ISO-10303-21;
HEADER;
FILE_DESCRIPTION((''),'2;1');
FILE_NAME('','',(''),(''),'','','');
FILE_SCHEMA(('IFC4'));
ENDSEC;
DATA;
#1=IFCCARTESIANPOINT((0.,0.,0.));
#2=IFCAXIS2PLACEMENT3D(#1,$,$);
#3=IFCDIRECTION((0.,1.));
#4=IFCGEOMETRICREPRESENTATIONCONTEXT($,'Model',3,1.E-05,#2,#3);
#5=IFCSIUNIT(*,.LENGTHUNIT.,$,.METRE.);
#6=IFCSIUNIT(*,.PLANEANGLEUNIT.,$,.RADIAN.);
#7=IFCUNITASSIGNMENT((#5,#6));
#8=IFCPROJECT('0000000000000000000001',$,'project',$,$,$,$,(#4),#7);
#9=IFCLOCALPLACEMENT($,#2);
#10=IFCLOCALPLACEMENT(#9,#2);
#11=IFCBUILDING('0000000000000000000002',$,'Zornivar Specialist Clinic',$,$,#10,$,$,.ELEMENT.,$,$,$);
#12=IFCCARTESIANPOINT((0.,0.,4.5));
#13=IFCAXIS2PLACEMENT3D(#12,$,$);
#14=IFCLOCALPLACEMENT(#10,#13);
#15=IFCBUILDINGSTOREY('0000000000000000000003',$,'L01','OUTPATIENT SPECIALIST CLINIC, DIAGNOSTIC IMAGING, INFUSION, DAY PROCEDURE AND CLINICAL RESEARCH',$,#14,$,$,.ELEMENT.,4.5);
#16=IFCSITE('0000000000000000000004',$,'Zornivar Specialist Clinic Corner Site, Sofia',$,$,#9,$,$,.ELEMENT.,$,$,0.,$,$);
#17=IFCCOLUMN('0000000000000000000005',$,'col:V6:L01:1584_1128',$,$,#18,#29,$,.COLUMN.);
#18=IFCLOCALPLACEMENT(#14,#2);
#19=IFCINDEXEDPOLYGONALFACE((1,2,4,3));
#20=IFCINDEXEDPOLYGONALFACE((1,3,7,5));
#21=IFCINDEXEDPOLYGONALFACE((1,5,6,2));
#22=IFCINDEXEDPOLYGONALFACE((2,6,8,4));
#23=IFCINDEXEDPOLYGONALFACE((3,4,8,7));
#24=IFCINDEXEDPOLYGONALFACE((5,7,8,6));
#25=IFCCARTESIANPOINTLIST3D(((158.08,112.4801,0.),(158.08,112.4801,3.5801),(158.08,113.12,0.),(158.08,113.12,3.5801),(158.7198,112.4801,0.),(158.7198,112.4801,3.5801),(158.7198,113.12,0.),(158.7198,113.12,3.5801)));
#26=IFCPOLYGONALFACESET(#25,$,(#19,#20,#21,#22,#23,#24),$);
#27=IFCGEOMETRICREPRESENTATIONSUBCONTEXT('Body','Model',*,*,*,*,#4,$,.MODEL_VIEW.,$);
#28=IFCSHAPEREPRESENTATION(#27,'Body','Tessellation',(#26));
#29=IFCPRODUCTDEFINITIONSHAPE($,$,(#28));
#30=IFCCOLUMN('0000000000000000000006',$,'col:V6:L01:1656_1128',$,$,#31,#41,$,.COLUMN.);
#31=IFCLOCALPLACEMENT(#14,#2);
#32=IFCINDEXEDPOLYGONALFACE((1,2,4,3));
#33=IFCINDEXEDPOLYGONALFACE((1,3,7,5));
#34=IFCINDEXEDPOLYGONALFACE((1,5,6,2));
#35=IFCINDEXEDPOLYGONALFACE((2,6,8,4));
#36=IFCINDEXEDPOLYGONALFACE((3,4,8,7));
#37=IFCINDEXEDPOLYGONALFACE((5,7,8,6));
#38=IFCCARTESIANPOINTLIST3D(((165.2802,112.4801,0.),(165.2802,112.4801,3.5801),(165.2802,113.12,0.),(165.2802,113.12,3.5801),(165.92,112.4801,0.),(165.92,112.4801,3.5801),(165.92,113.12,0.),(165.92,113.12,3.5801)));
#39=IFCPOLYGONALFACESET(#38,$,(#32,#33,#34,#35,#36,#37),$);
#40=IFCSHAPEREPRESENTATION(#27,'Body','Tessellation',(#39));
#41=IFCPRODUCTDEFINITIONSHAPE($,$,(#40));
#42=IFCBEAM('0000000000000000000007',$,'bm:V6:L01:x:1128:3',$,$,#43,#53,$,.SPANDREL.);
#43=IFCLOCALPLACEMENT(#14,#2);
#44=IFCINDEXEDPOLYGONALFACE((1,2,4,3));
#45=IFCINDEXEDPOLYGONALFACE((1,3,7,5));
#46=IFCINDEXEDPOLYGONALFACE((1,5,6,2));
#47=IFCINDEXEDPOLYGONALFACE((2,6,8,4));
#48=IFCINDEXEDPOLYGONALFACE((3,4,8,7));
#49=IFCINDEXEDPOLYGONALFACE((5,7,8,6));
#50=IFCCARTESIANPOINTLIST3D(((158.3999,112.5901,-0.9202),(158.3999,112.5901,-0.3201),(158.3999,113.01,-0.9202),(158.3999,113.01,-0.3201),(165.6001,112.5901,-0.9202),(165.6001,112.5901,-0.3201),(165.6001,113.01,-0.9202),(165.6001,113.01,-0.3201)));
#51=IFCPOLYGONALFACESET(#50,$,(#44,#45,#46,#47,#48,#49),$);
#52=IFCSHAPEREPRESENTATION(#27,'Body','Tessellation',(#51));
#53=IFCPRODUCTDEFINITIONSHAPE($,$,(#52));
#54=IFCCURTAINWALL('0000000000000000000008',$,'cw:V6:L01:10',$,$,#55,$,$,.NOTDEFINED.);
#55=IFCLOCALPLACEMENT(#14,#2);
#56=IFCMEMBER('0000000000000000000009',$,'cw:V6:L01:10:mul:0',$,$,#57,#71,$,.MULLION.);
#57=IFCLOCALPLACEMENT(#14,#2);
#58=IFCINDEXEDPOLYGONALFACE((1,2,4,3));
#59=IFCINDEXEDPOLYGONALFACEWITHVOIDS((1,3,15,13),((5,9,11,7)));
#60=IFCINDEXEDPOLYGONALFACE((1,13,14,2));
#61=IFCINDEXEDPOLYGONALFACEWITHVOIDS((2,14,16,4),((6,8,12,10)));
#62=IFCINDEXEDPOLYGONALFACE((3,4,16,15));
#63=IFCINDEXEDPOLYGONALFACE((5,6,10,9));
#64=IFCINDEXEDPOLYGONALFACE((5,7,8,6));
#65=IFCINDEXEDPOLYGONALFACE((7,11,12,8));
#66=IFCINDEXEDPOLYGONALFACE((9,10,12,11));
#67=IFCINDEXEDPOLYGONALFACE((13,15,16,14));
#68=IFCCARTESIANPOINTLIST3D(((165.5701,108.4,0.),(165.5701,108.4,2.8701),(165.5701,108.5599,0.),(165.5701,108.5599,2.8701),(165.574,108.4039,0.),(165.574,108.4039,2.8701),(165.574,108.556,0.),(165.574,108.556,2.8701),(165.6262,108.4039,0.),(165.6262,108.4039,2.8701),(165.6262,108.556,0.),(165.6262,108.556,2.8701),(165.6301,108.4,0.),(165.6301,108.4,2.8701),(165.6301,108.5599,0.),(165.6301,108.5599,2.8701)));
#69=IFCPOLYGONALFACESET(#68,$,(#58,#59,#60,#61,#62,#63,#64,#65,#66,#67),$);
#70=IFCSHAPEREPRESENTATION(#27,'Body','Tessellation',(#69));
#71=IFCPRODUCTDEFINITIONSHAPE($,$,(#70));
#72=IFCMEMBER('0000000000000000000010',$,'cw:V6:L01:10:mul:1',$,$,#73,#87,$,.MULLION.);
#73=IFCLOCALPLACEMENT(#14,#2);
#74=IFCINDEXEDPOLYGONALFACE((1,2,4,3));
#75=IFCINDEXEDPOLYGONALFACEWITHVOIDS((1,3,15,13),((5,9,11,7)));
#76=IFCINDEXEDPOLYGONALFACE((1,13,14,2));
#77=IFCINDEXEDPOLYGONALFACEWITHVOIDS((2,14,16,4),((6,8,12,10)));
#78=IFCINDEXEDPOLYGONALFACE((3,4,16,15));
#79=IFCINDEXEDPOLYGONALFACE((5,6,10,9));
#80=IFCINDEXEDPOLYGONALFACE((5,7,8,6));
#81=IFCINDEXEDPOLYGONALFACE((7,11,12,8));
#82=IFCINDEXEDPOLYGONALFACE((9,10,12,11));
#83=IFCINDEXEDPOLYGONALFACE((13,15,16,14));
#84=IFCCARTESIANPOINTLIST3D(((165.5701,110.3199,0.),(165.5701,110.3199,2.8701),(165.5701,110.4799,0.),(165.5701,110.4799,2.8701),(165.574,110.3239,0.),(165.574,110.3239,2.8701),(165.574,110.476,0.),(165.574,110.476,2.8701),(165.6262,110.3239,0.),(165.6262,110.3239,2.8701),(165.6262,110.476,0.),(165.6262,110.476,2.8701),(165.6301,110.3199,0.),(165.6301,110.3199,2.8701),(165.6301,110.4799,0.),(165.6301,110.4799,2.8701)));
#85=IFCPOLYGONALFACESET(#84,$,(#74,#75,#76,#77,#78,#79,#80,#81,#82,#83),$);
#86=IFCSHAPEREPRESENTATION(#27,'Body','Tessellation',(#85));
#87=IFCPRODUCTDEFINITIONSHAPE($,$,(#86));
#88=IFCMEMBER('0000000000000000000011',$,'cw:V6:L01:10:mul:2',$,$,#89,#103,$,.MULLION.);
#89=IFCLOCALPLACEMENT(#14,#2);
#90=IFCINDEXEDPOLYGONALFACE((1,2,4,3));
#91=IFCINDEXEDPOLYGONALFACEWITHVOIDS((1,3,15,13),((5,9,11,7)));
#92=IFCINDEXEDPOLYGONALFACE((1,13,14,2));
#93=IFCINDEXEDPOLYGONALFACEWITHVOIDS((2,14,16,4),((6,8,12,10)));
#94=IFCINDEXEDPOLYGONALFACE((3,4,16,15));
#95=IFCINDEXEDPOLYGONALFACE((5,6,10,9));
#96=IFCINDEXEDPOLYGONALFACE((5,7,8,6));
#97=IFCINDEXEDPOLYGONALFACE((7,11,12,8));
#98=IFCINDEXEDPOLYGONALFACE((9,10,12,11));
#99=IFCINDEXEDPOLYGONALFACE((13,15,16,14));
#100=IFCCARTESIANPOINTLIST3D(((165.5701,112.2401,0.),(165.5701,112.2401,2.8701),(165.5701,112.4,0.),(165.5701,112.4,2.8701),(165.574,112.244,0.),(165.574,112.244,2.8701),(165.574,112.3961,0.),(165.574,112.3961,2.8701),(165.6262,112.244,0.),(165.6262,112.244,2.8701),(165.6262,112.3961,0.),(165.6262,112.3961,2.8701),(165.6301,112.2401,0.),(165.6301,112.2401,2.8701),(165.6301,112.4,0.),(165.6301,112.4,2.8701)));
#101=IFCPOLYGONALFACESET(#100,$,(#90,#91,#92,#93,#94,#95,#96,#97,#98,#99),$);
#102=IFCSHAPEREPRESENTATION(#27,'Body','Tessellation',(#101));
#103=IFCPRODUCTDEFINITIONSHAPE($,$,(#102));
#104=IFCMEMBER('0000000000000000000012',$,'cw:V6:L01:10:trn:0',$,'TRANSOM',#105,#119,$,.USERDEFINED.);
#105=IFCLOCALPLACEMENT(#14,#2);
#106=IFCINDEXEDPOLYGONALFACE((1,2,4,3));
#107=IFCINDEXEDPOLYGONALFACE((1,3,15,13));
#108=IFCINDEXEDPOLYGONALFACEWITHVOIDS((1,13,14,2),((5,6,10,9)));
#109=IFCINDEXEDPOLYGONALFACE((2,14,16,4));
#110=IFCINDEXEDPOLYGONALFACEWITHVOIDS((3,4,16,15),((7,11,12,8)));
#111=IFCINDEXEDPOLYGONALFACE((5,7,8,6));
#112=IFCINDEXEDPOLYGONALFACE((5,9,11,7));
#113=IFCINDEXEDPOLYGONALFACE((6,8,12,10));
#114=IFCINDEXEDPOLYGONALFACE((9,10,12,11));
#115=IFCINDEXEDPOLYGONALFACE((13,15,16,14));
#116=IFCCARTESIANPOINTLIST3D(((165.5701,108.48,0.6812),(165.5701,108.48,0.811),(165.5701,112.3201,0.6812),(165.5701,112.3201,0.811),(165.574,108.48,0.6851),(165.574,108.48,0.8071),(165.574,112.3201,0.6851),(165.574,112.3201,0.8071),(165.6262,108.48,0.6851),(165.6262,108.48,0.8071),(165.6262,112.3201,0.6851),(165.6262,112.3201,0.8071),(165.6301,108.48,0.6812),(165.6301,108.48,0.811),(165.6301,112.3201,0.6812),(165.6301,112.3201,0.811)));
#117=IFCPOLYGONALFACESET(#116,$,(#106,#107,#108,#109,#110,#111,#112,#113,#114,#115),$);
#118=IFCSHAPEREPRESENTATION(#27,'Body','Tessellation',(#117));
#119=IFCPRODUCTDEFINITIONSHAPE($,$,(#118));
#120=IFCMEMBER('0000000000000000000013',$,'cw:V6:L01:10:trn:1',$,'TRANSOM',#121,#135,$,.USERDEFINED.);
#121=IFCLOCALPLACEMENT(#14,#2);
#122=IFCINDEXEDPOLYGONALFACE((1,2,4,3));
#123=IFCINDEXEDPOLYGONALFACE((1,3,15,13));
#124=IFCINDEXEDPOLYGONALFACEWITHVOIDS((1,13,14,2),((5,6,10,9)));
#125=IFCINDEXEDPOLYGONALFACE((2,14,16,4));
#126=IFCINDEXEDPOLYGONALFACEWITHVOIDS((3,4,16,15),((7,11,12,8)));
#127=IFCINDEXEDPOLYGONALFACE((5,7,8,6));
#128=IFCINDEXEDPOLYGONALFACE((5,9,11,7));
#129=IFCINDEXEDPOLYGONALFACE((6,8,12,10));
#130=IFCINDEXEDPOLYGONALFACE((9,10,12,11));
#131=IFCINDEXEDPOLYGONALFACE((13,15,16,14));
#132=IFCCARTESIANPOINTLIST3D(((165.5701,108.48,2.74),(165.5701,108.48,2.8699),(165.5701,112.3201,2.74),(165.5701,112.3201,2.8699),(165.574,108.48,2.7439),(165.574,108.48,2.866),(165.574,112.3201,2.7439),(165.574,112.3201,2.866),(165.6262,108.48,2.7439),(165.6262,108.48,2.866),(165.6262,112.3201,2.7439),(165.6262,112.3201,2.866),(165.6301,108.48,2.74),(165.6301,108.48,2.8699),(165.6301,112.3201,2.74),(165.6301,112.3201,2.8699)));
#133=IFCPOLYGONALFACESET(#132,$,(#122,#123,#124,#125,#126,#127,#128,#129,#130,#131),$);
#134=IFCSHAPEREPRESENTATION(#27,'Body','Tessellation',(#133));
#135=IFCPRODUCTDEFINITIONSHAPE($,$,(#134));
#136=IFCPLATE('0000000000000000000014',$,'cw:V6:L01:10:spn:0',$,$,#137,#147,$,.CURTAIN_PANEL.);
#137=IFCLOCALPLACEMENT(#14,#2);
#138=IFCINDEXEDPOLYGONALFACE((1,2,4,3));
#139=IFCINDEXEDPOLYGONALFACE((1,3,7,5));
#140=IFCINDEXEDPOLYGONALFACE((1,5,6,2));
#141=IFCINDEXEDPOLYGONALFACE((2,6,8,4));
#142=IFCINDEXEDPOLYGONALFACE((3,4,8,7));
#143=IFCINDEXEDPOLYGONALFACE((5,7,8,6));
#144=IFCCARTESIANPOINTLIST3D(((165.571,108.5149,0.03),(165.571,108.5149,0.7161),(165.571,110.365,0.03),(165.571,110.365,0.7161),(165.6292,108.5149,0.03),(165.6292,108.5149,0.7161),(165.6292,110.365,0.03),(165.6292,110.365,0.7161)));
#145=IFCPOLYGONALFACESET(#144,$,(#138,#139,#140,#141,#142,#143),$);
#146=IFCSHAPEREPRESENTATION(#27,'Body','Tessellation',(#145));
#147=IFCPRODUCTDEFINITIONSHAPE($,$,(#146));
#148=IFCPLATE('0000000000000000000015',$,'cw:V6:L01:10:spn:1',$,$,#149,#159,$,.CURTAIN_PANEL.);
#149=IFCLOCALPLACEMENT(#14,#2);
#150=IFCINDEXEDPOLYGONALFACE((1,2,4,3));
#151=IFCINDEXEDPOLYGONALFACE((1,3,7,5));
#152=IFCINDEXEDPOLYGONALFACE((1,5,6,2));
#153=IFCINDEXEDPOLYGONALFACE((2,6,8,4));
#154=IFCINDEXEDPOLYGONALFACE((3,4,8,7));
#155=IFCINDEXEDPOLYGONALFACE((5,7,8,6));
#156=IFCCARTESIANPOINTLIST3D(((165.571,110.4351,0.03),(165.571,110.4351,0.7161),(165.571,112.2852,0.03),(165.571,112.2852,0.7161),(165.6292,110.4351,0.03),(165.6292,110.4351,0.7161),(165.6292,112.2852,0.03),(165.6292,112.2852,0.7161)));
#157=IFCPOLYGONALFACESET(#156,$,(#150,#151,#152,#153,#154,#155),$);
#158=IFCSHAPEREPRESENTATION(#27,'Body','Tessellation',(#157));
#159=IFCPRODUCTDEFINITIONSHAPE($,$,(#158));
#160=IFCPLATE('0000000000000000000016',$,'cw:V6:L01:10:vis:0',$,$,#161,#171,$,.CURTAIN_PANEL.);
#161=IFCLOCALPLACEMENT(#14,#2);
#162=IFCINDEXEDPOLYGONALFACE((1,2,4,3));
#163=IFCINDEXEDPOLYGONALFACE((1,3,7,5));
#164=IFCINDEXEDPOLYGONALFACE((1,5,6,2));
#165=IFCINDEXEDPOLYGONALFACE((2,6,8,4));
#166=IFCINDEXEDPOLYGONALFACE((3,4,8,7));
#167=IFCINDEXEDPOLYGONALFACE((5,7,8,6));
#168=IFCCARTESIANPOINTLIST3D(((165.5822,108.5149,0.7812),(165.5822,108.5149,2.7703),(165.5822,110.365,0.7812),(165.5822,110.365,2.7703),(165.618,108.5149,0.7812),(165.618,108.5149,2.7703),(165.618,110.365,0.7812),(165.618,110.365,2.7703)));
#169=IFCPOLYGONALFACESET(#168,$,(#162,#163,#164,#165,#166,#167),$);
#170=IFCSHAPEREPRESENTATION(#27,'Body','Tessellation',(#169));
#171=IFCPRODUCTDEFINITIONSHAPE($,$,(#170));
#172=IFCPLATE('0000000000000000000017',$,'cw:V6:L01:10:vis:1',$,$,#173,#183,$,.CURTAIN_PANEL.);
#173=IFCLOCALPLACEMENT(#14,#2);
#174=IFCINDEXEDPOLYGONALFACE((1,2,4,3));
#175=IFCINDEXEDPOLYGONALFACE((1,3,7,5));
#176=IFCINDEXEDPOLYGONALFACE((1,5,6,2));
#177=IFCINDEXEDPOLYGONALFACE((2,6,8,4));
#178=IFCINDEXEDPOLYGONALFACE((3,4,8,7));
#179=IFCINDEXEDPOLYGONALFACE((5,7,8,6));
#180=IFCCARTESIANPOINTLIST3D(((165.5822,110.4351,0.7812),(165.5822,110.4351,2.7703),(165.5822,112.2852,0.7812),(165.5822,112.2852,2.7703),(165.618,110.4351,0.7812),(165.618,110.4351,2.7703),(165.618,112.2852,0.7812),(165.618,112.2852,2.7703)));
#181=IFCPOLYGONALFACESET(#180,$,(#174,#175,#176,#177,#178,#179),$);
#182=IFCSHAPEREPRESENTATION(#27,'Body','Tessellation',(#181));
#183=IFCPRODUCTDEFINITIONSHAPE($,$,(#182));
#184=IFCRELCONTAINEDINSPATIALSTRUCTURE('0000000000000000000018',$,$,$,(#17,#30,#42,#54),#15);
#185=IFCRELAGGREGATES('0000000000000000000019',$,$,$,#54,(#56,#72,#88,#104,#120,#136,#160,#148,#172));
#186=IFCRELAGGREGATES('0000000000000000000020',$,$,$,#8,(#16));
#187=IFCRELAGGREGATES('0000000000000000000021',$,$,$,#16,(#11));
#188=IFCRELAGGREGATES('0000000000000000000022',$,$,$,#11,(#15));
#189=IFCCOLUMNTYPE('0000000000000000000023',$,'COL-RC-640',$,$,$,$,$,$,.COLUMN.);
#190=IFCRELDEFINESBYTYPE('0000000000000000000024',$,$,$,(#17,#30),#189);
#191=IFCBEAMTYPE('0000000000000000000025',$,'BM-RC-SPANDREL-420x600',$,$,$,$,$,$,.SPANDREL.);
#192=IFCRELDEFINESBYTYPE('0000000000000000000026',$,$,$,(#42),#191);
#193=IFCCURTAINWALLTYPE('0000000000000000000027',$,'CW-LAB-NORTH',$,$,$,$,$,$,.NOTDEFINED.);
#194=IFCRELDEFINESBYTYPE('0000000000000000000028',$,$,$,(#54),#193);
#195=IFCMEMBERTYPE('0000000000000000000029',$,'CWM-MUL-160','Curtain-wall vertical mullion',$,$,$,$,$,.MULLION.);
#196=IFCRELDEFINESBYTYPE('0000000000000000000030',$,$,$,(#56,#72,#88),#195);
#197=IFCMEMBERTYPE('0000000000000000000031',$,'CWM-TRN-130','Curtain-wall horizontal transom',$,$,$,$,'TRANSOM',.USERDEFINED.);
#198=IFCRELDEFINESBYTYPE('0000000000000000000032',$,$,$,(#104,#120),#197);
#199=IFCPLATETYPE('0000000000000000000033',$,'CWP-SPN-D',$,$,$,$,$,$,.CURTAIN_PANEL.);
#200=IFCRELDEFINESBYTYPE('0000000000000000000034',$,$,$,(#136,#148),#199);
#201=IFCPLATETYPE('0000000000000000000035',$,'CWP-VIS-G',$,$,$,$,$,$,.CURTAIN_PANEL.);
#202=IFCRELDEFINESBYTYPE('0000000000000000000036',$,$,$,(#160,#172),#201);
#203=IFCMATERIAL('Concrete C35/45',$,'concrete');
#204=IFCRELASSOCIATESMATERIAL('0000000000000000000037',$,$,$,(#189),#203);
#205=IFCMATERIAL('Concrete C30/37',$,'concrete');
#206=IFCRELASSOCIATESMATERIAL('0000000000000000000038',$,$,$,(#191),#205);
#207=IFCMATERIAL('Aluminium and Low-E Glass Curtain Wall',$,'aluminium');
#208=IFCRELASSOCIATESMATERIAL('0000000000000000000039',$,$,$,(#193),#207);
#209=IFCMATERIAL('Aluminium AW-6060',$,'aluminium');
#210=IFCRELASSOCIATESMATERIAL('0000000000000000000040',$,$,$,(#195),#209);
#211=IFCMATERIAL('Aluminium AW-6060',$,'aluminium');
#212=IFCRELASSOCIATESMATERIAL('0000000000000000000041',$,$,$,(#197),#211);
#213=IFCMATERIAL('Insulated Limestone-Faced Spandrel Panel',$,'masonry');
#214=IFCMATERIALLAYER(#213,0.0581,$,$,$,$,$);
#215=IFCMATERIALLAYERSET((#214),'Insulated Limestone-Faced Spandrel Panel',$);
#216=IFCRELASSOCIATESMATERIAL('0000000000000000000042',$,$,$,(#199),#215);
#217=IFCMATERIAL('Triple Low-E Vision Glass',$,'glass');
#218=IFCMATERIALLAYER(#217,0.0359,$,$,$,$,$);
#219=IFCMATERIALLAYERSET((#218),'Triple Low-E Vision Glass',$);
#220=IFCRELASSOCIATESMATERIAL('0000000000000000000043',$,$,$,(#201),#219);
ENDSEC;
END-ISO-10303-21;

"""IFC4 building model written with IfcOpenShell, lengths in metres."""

from ifc_helpers import new_model, si_unit, direction, frame, origin, origin_2d, place, context, subcontext, project, spatial, rectangle, hollow_rectangle, extrude, material, layer, layer_set, material_profile, profile_set, type_object, element, aggregate, save


model = new_model("IFC4")

# Units and contexts
model_context = context("Model", 3, precision=1e-05, world=origin(), true_north=direction((0.0, 1.0)))
body_context = subcontext(model_context, "Body", "Model", "MODEL_VIEW")
ifc_project = project(units=[si_unit("LENGTHUNIT", "METRE"), si_unit("PLANEANGLEUNIT", "RADIAN")], contexts=[model_context])

# Site, building, storey
site_placement = place(None, origin())
site = spatial("IfcSite", under=ifc_project, at=site_placement, Name="Zornivar Specialist Clinic Corner Site, Sofia", CompositionType="ELEMENT", RefElevation=0.0)
building_placement = place(site_placement, origin())
building = spatial("IfcBuilding", under=site, at=building_placement, Name="Zornivar Specialist Clinic", CompositionType="ELEMENT")
storey_placement = place(building_placement, frame((0.0, 0.0, 4.5)))
storey = spatial("IfcBuildingStorey", under=building, at=storey_placement, Name="L01", Description="OUTPATIENT SPECIALIST CLINIC, DIAGNOSTIC IMAGING, INFUSION, DAY PROCEDURE AND CLINICAL RESEARCH", CompositionType="ELEMENT", Elevation=4.5)

# Columns
ifc_material_1 = material(Name="Concrete C35/45", Category="concrete")
ifc_material_profile_1 = material_profile(ifc_material_1, rectangle(XDim=0.6399, YDim=0.6399, at=origin_2d()), Name="RC 640x640")
ifc_profile_set_1 = profile_set([ifc_material_profile_1], Name="Concrete C35/45")
column_type = type_object("IfcColumnType", Name="COL-RC-640", PredefinedType="COLUMN", material=ifc_profile_set_1)
for number, where, z_axis, x_axis, name in (
    (1, (158.3999, 112.8, 0.0), (0.0, 0.0, 1.0), (1.0, 0.0, 0.0), "col:V6:L01:1584_1128"),
    (2, (165.6001, 112.8, 0.0), (0.0, 0.0, 1.0), (1.0, 0.0, 0.0), "col:V6:L01:1656_1128"),
):
    element("IfcColumn", number, at=place(storey_placement, frame(where, z_axis=z_axis, x_axis=x_axis)), inside=storey, type_object=column_type, Name=name, PredefinedType="COLUMN", context=body_context, shape_type="SweptSolid", body=[
        extrude(rectangle(XDim=0.6399, YDim=0.6399, at=origin_2d()), origin(), (0.0, 0.0, 1.0), 3.5801),
    ])

# Beam
ifc_material_2 = material(Name="Concrete C30/37", Category="concrete")
ifc_material_profile_2 = material_profile(ifc_material_2, rectangle(XDim=0.4199, YDim=0.6001, at=origin_2d()), Name="RC 420x600")
ifc_profile_set_2 = profile_set([ifc_material_profile_2], Name="Concrete C30/37")
beam_type = type_object("IfcBeamType", Name="BM-RC-SPANDREL-420x600", PredefinedType="SPANDREL", material=ifc_profile_set_2)
beam_placement = place(storey_placement, frame((158.3999, 112.8, -0.6201), z_axis=(1.0, 0.0, 0.0), x_axis=(0.0, 1.0, 0.0)))
element("IfcBeam", 3, at=beam_placement, inside=storey, type_object=beam_type, Name="bm:V6:L01:x:1128:3", PredefinedType="SPANDREL", context=body_context, shape_type="SweptSolid", body=[
    extrude(rectangle(XDim=0.4199, YDim=0.6001, at=origin_2d()), origin(), (0.0, 0.0, 1.0), 7.2002),
])

# Curtain wall, members, plates
ifc_material_3 = material(Name="Aluminium and Low-E Glass Curtain Wall", Category="aluminium")
curtain_wall_type = type_object("IfcCurtainWallType", Name="CW-LAB-NORTH", PredefinedType="NOTDEFINED", material=ifc_material_3)
curtain_wall_placement = place(storey_placement, origin())
curtain_wall = element("IfcCurtainWall", 4, at=curtain_wall_placement, inside=storey, type_object=curtain_wall_type, Name="cw:V6:L01:10", PredefinedType="NOTDEFINED")
ifc_material_4 = material(Name="Aluminium AW-6060", Category="aluminium")
ifc_material_profile_3 = material_profile(ifc_material_4, hollow_rectangle(XDim=0.0601, YDim=0.1599, WallThickness=0.0039, at=origin_2d()), Name="ALU 60x160x4")
ifc_profile_set_3 = profile_set([ifc_material_profile_3], Name="Aluminium AW-6060")
member_type_1 = type_object("IfcMemberType", Name="CWM-MUL-160", Description="Curtain-wall vertical mullion", PredefinedType="MULLION", material=ifc_profile_set_3)
member_1_placement = place(storey_placement, frame((165.6001, 108.48, 0.0), z_axis=(0.0, 0.0, 1.0), x_axis=(1.0, 0.0, 0.0)))
member_1 = element("IfcMember", 5, at=member_1_placement, type_object=member_type_1, Name="cw:V6:L01:10:mul:0", PredefinedType="MULLION", context=body_context, shape_type="SweptSolid", body=[
    extrude(hollow_rectangle(XDim=0.0601, YDim=0.1599, WallThickness=0.0039, at=origin_2d()), origin(), (0.0, 0.0, 1.0), 2.8701),
])
member_2_placement = place(storey_placement, frame((165.6001, 110.3999, 0.0), z_axis=(0.0, 0.0, 1.0), x_axis=(1.0, 0.0, 0.0)))
member_2 = element("IfcMember", 6, at=member_2_placement, type_object=member_type_1, Name="cw:V6:L01:10:mul:1", PredefinedType="MULLION", context=body_context, shape_type="SweptSolid", body=[
    extrude(hollow_rectangle(XDim=0.0601, YDim=0.1599, WallThickness=0.0039, at=origin_2d()), origin(), (0.0, 0.0, 1.0), 2.8701),
])
member_3_placement = place(storey_placement, frame((165.6001, 112.3201, 0.0), z_axis=(0.0, 0.0, 1.0), x_axis=(1.0, 0.0, 0.0)))
member_3 = element("IfcMember", 7, at=member_3_placement, type_object=member_type_1, Name="cw:V6:L01:10:mul:2", PredefinedType="MULLION", context=body_context, shape_type="SweptSolid", body=[
    extrude(hollow_rectangle(XDim=0.0601, YDim=0.1599, WallThickness=0.0039, at=origin_2d()), origin(), (0.0, 0.0, 1.0), 2.8701),
])
ifc_material_5 = material(Name="Aluminium AW-6060", Category="aluminium")
ifc_material_profile_4 = material_profile(ifc_material_5, hollow_rectangle(XDim=0.0601, YDim=0.1299, WallThickness=0.0039, at=origin_2d()), Name="ALU 60x130x4")
ifc_profile_set_4 = profile_set([ifc_material_profile_4], Name="Aluminium AW-6060")
member_type_2 = type_object("IfcMemberType", Name="CWM-TRN-130", Description="Curtain-wall horizontal transom", ElementType="TRANSOM", PredefinedType="USERDEFINED", material=ifc_profile_set_4)
member_4_placement = place(storey_placement, frame((165.6001, 108.48, 0.7461), z_axis=(0.0, 1.0, 0.0), x_axis=(-1.0, 0.0, 0.0)))
member_4 = element("IfcMember", 8, at=member_4_placement, type_object=member_type_2, Name="cw:V6:L01:10:trn:0", ObjectType="TRANSOM", PredefinedType="USERDEFINED", context=body_context, shape_type="SweptSolid", body=[
    extrude(hollow_rectangle(XDim=0.0601, YDim=0.1299, WallThickness=0.0039, at=origin_2d()), origin(), (0.0, 0.0, 1.0), 3.8401),
])
member_5_placement = place(storey_placement, frame((165.6001, 108.48, 2.8049), z_axis=(0.0, 1.0, 0.0), x_axis=(-1.0, 0.0, 0.0)))
member_5 = element("IfcMember", 9, at=member_5_placement, type_object=member_type_2, Name="cw:V6:L01:10:trn:1", ObjectType="TRANSOM", PredefinedType="USERDEFINED", context=body_context, shape_type="SweptSolid", body=[
    extrude(hollow_rectangle(XDim=0.0601, YDim=0.1299, WallThickness=0.0039, at=origin_2d()), origin(), (0.0, 0.0, 1.0), 3.8401),
])
ifc_material_6 = material(Name="Insulated Limestone-Faced Spandrel Panel", Category="masonry")
ifc_layer_1 = layer(ifc_material_6, 0.0581)
ifc_layer_set_1 = layer_set([ifc_layer_1], Name="Insulated Limestone-Faced Spandrel Panel")
plate_type_1 = type_object("IfcPlateType", Name="CWP-SPN-D", PredefinedType="CURTAIN_PANEL", material=ifc_layer_set_1)
plate_1_placement = place(storey_placement, frame((165.6001, 109.4399, 0.03), z_axis=(0.0, 0.0, 1.0), x_axis=(0.0, 1.0, 0.0)))
plate_1 = element("IfcPlate", 10, at=plate_1_placement, type_object=plate_type_1, Name="cw:V6:L01:10:spn:0", PredefinedType="CURTAIN_PANEL", context=body_context, shape_type="SweptSolid", body=[
    extrude(rectangle(XDim=1.8501, YDim=0.0581, at=origin_2d()), origin(), (0.0, 0.0, 1.0), 0.686),
])
plate_2_placement = place(storey_placement, frame((165.6001, 111.3601, 0.03), z_axis=(0.0, 0.0, 1.0), x_axis=(0.0, 1.0, 0.0)))
plate_2 = element("IfcPlate", 11, at=plate_2_placement, type_object=plate_type_1, Name="cw:V6:L01:10:spn:1", PredefinedType="CURTAIN_PANEL", context=body_context, shape_type="SweptSolid", body=[
    extrude(rectangle(XDim=1.8501, YDim=0.0581, at=origin_2d()), origin(), (0.0, 0.0, 1.0), 0.686),
])
ifc_material_7 = material(Name="Triple Low-E Vision Glass", Category="glass")
ifc_layer_2 = layer(ifc_material_7, 0.0359)
ifc_layer_set_2 = layer_set([ifc_layer_2], Name="Triple Low-E Vision Glass")
plate_type_2 = type_object("IfcPlateType", Name="CWP-VIS-G", PredefinedType="CURTAIN_PANEL", material=ifc_layer_set_2)
plate_3_placement = place(storey_placement, frame((165.6001, 109.4399, 0.7812), z_axis=(0.0, 0.0, 1.0), x_axis=(0.0, 1.0, 0.0)))
plate_3 = element("IfcPlate", 12, at=plate_3_placement, type_object=plate_type_2, Name="cw:V6:L01:10:vis:0", PredefinedType="CURTAIN_PANEL", context=body_context, shape_type="SweptSolid", body=[
    extrude(rectangle(XDim=1.8501, YDim=0.0359, at=origin_2d()), origin(), (0.0, 0.0, 1.0), 1.989),
])
plate_4_placement = place(storey_placement, frame((165.6001, 111.3601, 0.7812), z_axis=(0.0, 0.0, 1.0), x_axis=(0.0, 1.0, 0.0)))
plate_4 = element("IfcPlate", 13, at=plate_4_placement, type_object=plate_type_2, Name="cw:V6:L01:10:vis:1", PredefinedType="CURTAIN_PANEL", context=body_context, shape_type="SweptSolid", body=[
    extrude(rectangle(XDim=1.8501, YDim=0.0359, at=origin_2d()), origin(), (0.0, 0.0, 1.0), 1.989),
])
aggregate(curtain_wall, [member_1, member_2, member_3, member_4, member_5, plate_1, plate_3, plate_2, plate_4])

save(model, "model.ifc")
